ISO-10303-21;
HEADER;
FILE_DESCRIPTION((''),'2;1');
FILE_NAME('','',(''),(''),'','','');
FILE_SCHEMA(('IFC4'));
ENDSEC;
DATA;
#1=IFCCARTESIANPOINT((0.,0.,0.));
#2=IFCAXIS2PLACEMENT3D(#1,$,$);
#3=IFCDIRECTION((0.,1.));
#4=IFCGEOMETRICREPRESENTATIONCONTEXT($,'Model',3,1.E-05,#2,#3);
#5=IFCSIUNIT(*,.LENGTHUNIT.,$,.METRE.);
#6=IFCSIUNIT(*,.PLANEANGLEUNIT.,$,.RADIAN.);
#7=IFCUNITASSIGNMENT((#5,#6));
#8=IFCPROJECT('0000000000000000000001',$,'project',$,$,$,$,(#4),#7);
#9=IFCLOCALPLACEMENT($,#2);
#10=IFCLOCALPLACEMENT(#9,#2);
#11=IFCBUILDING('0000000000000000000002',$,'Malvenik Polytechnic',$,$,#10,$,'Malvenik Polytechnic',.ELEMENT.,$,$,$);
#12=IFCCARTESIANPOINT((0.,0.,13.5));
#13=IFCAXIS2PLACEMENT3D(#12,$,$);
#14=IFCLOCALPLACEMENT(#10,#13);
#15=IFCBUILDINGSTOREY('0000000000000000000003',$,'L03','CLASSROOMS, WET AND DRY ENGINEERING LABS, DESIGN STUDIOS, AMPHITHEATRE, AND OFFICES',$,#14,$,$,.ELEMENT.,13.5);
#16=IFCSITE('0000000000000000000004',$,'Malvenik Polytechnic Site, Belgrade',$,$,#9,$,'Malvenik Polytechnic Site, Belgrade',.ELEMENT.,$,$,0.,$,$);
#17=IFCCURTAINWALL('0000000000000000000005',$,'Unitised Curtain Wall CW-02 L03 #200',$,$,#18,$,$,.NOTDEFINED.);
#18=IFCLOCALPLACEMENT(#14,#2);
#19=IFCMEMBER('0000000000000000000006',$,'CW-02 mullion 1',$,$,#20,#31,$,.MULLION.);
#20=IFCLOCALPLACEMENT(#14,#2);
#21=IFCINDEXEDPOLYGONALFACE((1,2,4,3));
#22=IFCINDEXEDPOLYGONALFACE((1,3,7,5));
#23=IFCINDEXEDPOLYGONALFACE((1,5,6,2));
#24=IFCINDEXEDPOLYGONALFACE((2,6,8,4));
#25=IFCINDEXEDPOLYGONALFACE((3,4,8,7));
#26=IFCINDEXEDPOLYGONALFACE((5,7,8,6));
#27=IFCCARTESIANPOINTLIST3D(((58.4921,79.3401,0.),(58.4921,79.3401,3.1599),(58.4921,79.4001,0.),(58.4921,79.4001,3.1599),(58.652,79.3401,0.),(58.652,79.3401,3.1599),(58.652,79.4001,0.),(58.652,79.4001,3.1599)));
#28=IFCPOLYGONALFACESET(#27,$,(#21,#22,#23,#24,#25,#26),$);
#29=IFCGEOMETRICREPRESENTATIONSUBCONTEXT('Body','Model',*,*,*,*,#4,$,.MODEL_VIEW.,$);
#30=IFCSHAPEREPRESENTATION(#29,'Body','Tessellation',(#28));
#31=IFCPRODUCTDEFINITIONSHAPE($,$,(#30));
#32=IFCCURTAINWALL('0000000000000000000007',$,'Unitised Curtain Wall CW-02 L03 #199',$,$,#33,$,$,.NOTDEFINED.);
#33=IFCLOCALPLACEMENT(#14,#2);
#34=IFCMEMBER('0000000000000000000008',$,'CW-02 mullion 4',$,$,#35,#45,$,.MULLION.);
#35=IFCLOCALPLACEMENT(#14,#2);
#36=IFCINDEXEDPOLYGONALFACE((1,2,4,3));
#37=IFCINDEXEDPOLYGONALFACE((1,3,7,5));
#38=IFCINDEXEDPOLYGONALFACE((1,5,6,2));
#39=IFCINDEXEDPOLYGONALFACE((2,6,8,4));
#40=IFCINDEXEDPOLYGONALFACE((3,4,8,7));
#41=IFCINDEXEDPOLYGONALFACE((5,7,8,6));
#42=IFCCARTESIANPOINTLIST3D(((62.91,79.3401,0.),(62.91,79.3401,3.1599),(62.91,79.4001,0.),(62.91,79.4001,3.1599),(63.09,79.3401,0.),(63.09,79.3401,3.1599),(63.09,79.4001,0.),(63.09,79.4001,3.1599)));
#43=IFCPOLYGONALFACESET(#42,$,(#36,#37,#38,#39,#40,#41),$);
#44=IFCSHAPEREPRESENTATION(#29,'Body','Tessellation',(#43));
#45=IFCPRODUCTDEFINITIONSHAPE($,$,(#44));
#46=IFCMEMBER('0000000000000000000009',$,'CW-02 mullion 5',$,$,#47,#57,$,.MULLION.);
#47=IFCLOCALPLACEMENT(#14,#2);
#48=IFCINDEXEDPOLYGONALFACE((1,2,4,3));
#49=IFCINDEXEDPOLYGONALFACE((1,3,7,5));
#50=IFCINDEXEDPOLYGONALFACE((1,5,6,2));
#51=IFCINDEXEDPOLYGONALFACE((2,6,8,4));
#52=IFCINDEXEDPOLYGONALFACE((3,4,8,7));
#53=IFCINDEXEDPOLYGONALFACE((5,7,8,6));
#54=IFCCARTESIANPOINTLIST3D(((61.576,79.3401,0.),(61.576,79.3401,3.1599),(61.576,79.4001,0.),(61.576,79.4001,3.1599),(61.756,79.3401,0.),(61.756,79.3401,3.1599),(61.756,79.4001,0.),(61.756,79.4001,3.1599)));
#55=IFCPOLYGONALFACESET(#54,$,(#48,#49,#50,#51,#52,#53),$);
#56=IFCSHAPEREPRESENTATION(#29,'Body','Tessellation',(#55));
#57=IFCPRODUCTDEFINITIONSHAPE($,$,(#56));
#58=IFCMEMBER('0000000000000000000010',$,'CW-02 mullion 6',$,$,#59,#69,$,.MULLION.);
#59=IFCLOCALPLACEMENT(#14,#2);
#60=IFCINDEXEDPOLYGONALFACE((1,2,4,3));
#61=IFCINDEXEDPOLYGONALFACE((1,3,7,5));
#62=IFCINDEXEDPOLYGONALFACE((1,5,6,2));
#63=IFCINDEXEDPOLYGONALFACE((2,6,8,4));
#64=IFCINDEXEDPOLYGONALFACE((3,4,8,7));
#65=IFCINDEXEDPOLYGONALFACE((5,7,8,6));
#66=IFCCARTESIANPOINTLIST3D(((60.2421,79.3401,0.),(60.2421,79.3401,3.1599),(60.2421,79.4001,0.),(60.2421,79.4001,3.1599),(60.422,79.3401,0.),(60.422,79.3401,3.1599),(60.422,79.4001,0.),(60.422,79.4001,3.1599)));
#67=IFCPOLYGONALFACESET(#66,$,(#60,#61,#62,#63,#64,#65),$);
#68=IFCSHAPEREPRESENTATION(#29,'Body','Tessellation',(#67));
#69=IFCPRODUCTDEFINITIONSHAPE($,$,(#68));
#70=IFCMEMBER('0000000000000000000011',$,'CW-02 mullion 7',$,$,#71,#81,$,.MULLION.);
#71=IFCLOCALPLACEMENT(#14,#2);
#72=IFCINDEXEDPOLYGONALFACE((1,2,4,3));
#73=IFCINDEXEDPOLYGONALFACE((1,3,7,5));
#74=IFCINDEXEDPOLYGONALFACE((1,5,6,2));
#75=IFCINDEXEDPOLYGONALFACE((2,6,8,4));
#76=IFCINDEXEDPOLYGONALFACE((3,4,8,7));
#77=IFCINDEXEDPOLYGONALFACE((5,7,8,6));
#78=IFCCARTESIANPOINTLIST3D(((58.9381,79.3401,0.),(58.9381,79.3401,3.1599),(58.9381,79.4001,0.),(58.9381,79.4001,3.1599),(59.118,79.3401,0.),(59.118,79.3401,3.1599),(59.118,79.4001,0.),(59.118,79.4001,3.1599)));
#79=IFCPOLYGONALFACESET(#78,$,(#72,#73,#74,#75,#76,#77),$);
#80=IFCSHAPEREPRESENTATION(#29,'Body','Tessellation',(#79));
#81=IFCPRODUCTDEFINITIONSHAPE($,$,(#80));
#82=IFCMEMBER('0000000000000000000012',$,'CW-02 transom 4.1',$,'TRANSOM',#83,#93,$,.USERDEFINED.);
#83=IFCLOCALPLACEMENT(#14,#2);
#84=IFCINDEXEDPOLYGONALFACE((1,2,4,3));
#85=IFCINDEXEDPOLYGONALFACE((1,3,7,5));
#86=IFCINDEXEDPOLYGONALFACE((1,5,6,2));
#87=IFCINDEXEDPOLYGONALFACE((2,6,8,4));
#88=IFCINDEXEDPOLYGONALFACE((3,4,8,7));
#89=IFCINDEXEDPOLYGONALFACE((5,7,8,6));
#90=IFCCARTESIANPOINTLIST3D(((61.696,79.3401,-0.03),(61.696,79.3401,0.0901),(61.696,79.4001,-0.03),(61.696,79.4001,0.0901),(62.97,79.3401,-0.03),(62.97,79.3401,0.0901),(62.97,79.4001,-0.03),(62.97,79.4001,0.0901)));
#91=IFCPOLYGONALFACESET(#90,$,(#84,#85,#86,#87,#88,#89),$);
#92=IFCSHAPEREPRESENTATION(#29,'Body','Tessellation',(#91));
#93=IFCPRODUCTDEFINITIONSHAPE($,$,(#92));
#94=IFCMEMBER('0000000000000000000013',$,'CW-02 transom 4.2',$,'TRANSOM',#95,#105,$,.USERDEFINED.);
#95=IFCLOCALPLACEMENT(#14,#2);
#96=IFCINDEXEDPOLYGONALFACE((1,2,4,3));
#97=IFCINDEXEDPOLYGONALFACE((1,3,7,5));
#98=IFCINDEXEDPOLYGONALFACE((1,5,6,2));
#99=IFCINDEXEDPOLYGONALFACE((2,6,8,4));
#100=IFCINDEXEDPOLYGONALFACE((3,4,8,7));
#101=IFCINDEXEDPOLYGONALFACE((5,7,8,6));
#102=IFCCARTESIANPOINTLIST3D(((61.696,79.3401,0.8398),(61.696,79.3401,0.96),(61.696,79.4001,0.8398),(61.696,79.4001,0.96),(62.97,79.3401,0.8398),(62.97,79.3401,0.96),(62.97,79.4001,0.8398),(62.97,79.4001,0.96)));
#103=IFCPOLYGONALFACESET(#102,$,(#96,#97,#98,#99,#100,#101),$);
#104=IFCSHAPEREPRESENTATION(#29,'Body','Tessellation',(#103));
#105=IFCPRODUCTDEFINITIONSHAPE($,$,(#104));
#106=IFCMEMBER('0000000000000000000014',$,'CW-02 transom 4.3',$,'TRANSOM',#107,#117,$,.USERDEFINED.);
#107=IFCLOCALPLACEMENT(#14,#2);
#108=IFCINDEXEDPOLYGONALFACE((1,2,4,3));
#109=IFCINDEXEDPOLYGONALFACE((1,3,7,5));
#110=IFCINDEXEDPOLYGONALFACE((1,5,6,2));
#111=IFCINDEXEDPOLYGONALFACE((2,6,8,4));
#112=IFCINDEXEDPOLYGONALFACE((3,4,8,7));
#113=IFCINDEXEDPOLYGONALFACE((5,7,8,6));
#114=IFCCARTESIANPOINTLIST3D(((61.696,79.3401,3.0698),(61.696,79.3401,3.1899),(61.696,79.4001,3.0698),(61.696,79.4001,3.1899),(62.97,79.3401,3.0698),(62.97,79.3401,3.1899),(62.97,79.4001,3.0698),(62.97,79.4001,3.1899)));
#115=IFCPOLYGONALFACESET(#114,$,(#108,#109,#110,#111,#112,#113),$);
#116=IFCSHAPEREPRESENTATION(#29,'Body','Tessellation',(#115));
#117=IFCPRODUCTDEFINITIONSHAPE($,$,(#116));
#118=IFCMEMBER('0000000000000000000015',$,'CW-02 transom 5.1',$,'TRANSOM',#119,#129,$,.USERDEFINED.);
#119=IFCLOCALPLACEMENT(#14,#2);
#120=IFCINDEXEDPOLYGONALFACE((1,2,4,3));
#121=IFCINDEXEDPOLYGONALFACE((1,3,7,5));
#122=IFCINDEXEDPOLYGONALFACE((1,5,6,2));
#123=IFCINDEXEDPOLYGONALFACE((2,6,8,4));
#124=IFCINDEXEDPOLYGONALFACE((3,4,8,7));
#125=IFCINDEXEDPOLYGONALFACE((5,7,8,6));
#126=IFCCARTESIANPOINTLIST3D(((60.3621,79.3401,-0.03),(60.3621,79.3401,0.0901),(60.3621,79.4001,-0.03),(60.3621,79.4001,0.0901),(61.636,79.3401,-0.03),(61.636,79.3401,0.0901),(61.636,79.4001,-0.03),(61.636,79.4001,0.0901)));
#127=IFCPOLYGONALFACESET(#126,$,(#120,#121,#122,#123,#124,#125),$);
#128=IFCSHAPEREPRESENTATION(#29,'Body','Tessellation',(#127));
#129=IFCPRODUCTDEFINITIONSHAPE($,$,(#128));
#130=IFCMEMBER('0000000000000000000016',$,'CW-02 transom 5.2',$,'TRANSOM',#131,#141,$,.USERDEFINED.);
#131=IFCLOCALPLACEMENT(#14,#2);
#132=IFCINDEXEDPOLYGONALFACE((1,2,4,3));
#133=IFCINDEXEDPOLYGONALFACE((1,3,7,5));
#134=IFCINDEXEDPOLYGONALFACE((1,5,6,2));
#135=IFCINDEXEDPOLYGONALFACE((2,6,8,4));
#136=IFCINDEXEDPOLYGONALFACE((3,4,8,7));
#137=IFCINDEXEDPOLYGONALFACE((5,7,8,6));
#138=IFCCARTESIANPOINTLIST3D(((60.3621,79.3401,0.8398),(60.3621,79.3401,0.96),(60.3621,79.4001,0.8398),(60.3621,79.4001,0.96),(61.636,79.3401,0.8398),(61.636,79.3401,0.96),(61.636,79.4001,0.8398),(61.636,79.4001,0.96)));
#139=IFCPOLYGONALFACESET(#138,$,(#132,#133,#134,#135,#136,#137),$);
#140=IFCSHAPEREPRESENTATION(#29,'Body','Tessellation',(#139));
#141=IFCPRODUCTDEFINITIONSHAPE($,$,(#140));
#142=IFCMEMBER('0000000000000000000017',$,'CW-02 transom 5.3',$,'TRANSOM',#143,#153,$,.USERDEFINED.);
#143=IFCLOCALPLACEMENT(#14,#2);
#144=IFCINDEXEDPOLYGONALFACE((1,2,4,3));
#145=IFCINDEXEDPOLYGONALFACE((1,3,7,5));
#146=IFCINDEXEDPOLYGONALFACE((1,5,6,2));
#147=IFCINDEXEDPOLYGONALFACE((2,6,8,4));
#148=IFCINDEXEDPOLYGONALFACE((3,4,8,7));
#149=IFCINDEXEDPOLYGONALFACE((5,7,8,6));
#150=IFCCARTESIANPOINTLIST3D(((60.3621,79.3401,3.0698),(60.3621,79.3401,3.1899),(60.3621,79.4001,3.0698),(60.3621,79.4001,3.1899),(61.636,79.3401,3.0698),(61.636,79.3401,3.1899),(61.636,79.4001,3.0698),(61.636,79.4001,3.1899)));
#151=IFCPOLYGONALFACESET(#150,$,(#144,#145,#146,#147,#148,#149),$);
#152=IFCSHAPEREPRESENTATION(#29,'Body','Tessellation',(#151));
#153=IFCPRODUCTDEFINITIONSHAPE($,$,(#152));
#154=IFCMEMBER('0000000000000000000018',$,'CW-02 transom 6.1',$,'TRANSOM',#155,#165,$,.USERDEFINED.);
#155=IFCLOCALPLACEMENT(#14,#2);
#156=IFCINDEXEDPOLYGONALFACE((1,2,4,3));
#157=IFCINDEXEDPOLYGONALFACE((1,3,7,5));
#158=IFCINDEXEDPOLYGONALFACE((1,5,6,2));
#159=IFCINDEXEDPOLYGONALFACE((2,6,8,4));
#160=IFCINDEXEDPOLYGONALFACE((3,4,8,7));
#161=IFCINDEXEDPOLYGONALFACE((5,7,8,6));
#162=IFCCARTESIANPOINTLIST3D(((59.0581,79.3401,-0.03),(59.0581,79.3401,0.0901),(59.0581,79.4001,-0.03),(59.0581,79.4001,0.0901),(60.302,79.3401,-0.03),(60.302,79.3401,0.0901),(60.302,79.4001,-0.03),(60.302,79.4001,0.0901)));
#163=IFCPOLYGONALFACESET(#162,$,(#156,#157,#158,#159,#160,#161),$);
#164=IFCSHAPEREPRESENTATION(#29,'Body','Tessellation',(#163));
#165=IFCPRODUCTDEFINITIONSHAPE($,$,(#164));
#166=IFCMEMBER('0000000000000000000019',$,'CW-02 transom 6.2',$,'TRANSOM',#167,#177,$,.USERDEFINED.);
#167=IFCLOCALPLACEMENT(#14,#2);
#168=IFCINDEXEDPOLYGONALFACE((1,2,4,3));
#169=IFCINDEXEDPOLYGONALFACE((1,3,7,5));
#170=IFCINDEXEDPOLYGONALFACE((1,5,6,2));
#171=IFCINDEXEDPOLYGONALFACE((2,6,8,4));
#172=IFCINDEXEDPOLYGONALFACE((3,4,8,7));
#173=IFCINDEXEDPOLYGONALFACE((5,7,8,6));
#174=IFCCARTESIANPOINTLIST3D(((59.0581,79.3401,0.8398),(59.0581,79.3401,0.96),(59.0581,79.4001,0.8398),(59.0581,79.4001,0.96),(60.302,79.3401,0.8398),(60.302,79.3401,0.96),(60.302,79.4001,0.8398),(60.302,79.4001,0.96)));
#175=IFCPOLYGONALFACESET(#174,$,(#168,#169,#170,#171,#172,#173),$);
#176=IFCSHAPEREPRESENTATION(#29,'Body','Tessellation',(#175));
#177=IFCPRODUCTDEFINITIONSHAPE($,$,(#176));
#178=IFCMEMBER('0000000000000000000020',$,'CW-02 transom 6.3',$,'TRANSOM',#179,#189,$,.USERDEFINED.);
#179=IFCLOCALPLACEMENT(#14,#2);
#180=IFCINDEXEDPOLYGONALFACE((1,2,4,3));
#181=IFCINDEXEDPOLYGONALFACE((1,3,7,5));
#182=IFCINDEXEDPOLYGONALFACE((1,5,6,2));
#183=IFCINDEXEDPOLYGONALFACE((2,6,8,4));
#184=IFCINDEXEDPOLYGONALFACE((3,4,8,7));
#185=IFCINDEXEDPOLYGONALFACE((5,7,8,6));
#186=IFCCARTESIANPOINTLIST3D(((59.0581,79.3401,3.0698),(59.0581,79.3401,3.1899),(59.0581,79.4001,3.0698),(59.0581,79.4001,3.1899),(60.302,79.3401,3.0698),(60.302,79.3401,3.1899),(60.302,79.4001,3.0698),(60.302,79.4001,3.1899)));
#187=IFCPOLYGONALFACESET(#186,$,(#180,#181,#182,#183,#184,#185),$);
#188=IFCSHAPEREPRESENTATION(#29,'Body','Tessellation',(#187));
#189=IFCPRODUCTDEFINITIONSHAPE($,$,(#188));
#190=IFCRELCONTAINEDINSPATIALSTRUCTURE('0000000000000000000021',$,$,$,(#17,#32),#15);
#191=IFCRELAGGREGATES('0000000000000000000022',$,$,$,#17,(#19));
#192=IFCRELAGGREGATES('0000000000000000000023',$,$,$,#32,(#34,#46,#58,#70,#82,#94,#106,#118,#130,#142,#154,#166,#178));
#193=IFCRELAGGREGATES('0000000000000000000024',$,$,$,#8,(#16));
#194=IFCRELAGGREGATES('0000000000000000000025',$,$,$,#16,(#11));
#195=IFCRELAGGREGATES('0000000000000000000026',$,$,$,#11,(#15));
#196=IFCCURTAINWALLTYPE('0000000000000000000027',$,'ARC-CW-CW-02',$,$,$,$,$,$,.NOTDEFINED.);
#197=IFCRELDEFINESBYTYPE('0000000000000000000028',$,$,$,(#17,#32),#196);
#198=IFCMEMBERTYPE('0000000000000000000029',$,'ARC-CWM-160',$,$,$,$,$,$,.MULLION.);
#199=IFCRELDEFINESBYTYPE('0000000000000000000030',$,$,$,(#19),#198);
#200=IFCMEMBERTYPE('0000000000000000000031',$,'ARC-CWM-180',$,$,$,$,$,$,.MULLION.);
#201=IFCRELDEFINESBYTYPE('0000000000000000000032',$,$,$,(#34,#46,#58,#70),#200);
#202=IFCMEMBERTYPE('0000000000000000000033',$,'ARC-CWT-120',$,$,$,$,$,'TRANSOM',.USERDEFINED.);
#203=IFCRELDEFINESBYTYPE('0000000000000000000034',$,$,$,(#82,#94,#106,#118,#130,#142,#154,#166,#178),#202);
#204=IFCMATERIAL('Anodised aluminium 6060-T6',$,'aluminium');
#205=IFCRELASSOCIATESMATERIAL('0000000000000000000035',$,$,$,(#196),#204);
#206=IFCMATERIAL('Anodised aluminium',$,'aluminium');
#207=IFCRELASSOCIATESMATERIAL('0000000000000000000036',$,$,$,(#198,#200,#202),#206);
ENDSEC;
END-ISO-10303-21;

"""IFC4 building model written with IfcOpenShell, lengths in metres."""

from ifc_helpers import new_model, si_unit, direction, frame, origin, origin_2d, place, context, subcontext, project, spatial, rectangle, extrude, material, material_profile, profile_set, type_object, element, aggregate, save


model = new_model("IFC4")

# Units and contexts
model_context = context("Model", 3, precision=1e-05, world=origin(), true_north=direction((0.0, 1.0)))
body_context = subcontext(model_context, "Body", "Model", "MODEL_VIEW")
ifc_project = project(units=[si_unit("LENGTHUNIT", "METRE"), si_unit("PLANEANGLEUNIT", "RADIAN")], contexts=[model_context])

# Site, building, storey
site_placement = place(None, origin())
site = spatial("IfcSite", under=ifc_project, at=site_placement, Name="Malvenik Polytechnic Site, Belgrade", LongName="Malvenik Polytechnic Site, Belgrade", CompositionType="ELEMENT", RefElevation=0.0)
building_placement = place(site_placement, origin())
building = spatial("IfcBuilding", under=site, at=building_placement, Name="Malvenik Polytechnic", LongName="Malvenik Polytechnic", CompositionType="ELEMENT")
storey_placement = place(building_placement, frame((0.0, 0.0, 13.5)))
storey = spatial("IfcBuildingStorey", under=building, at=storey_placement, Name="L03", Description="CLASSROOMS, WET AND DRY ENGINEERING LABS, DESIGN STUDIOS, AMPHITHEATRE, AND OFFICES", CompositionType="ELEMENT", Elevation=13.5)

# Curtain wall, member
ifc_material_1 = material(Name="Anodised aluminium 6060-T6", Category="aluminium")
curtain_wall_type = type_object("IfcCurtainWallType", Name="ARC-CW-CW-02", PredefinedType="NOTDEFINED", material=ifc_material_1)
curtain_wall_1_placement = place(storey_placement, origin())
curtain_wall_1 = element("IfcCurtainWall", 1, at=curtain_wall_1_placement, inside=storey, type_object=curtain_wall_type, Name="Unitised Curtain Wall CW-02 L03 #200", PredefinedType="NOTDEFINED")
ifc_material_2 = material(Name="Anodised aluminium", Category="aluminium")
ifc_material_profile_1 = material_profile(ifc_material_2, rectangle(XDim=0.0601, YDim=0.1599, at=origin_2d()), Name="ALU MULLION 60x160")
ifc_profile_set_1 = profile_set([ifc_material_profile_1], Name="Anodised aluminium")
member_type_1 = type_object("IfcMemberType", Name="ARC-CWM-160", PredefinedType="MULLION", material=ifc_profile_set_1)
member_1_placement = place(storey_placement, frame((58.572, 79.3701, 0.0), z_axis=(0.0, 0.0, 1.0), x_axis=(0.0, -1.0, 0.0)))
member_1 = element("IfcMember", 2, at=member_1_placement, type_object=member_type_1, Name="CW-02 mullion 1", PredefinedType="MULLION", context=body_context, shape_type="SweptSolid", body=[
    extrude(rectangle(XDim=0.0601, YDim=0.1599, at=origin_2d()), origin(), (0.0, 0.0, 1.0), 3.1599),
])

# Curtain wall, members
curtain_wall_2_placement = place(storey_placement, origin())
curtain_wall_2 = element("IfcCurtainWall", 3, at=curtain_wall_2_placement, inside=storey, type_object=curtain_wall_type, Name="Unitised Curtain Wall CW-02 L03 #199", PredefinedType="NOTDEFINED")
ifc_material_profile_2 = material_profile(ifc_material_2, rectangle(XDim=0.0601, YDim=0.1799, at=origin_2d()), Name="ALU MULLION 60x180")
ifc_profile_set_2 = profile_set([ifc_material_profile_2], Name="Anodised aluminium")
member_type_2 = type_object("IfcMemberType", Name="ARC-CWM-180", PredefinedType="MULLION", material=ifc_profile_set_2)
member_2_placement = place(storey_placement, frame((63.0, 79.3701, 0.0), z_axis=(0.0, 0.0, 1.0), x_axis=(0.0, -1.0, 0.0)))
member_2 = element("IfcMember", 4, at=member_2_placement, type_object=member_type_2, Name="CW-02 mullion 4", PredefinedType="MULLION", context=body_context, shape_type="SweptSolid", body=[
    extrude(rectangle(XDim=0.0601, YDim=0.1799, at=origin_2d()), origin(), (0.0, 0.0, 1.0), 3.1599),
])
member_3_placement = place(storey_placement, frame((61.666, 79.3701, 0.0), z_axis=(0.0, 0.0, 1.0), x_axis=(0.0, -1.0, 0.0)))
member_3 = element("IfcMember", 5, at=member_3_placement, type_object=member_type_2, Name="CW-02 mullion 5", PredefinedType="MULLION", context=body_context, shape_type="SweptSolid", body=[
    extrude(rectangle(XDim=0.0601, YDim=0.1799, at=origin_2d()), origin(), (0.0, 0.0, 1.0), 3.1599),
])
member_4_placement = place(storey_placement, frame((60.332, 79.3701, 0.0), z_axis=(0.0, 0.0, 1.0), x_axis=(0.0, -1.0, 0.0)))
member_4 = element("IfcMember", 6, at=member_4_placement, type_object=member_type_2, Name="CW-02 mullion 6", PredefinedType="MULLION", context=body_context, shape_type="SweptSolid", body=[
    extrude(rectangle(XDim=0.0601, YDim=0.1799, at=origin_2d()), origin(), (0.0, 0.0, 1.0), 3.1599),
])
member_5_placement = place(storey_placement, frame((59.0281, 79.3701, 0.0), z_axis=(0.0, 0.0, 1.0), x_axis=(0.0, -1.0, 0.0)))
member_5 = element("IfcMember", 7, at=member_5_placement, type_object=member_type_2, Name="CW-02 mullion 7", PredefinedType="MULLION", context=body_context, shape_type="SweptSolid", body=[
    extrude(rectangle(XDim=0.0601, YDim=0.1799, at=origin_2d()), origin(), (0.0, 0.0, 1.0), 3.1599),
])
ifc_material_profile_3 = material_profile(ifc_material_2, rectangle(XDim=0.0601, YDim=0.1201, at=origin_2d()), Name="ALU TRANSOM 60x120")
ifc_profile_set_3 = profile_set([ifc_material_profile_3], Name="Anodised aluminium")
member_type_3 = type_object("IfcMemberType", Name="ARC-CWT-120", ElementType="TRANSOM", PredefinedType="USERDEFINED", material=ifc_profile_set_3)
member_6_placement = place(storey_placement, frame((62.97, 79.3701, 0.03), z_axis=(-1.0, 0.0, 0.0), x_axis=(0.0, -1.0, 0.0)))
member_6 = element("IfcMember", 8, at=member_6_placement, type_object=member_type_3, Name="CW-02 transom 4.1", ObjectType="TRANSOM", PredefinedType="USERDEFINED", context=body_context, shape_type="SweptSolid", body=[
    extrude(rectangle(XDim=0.0601, YDim=0.1201, at=origin_2d()), origin(), (0.0, 0.0, 1.0), 1.2739),
])
member_7_placement = place(storey_placement, frame((62.97, 79.3701, 0.8999), z_axis=(-1.0, 0.0, 0.0), x_axis=(0.0, -1.0, 0.0)))
member_7 = element("IfcMember", 9, at=member_7_placement, type_object=member_type_3, Name="CW-02 transom 4.2", ObjectType="TRANSOM", PredefinedType="USERDEFINED", context=body_context, shape_type="SweptSolid", body=[
    extrude(rectangle(XDim=0.0601, YDim=0.1201, at=origin_2d()), origin(), (0.0, 0.0, 1.0), 1.2739),
])
member_8_placement = place(storey_placement, frame((62.97, 79.3701, 3.1299), z_axis=(-1.0, 0.0, 0.0), x_axis=(0.0, -1.0, 0.0)))
member_8 = element("IfcMember", 10, at=member_8_placement, type_object=member_type_3, Name="CW-02 transom 4.3", ObjectType="TRANSOM", PredefinedType="USERDEFINED", context=body_context, shape_type="SweptSolid", body=[
    extrude(rectangle(XDim=0.0601, YDim=0.1201, at=origin_2d()), origin(), (0.0, 0.0, 1.0), 1.2739),
])
member_9_placement = place(storey_placement, frame((61.636, 79.3701, 0.03), z_axis=(-1.0, 0.0, 0.0), x_axis=(0.0, -1.0, 0.0)))
member_9 = element("IfcMember", 11, at=member_9_placement, type_object=member_type_3, Name="CW-02 transom 5.1", ObjectType="TRANSOM", PredefinedType="USERDEFINED", context=body_context, shape_type="SweptSolid", body=[
    extrude(rectangle(XDim=0.0601, YDim=0.1201, at=origin_2d()), origin(), (0.0, 0.0, 1.0), 1.2739),
])
member_10_placement = place(storey_placement, frame((61.636, 79.3701, 0.8999), z_axis=(-1.0, 0.0, 0.0), x_axis=(0.0, -1.0, 0.0)))
member_10 = element("IfcMember", 12, at=member_10_placement, type_object=member_type_3, Name="CW-02 transom 5.2", ObjectType="TRANSOM", PredefinedType="USERDEFINED", context=body_context, shape_type="SweptSolid", body=[
    extrude(rectangle(XDim=0.0601, YDim=0.1201, at=origin_2d()), origin(), (0.0, 0.0, 1.0), 1.2739),
])
member_11_placement = place(storey_placement, frame((61.636, 79.3701, 3.1299), z_axis=(-1.0, 0.0, 0.0), x_axis=(0.0, -1.0, 0.0)))
member_11 = element("IfcMember", 13, at=member_11_placement, type_object=member_type_3, Name="CW-02 transom 5.3", ObjectType="TRANSOM", PredefinedType="USERDEFINED", context=body_context, shape_type="SweptSolid", body=[
    extrude(rectangle(XDim=0.0601, YDim=0.1201, at=origin_2d()), origin(), (0.0, 0.0, 1.0), 1.2739),
])
member_12_placement = place(storey_placement, frame((60.302, 79.3701, 0.03), z_axis=(-1.0, 0.0, 0.0), x_axis=(0.0, -1.0, 0.0)))
member_12 = element("IfcMember", 14, at=member_12_placement, type_object=member_type_3, Name="CW-02 transom 6.1", ObjectType="TRANSOM", PredefinedType="USERDEFINED", context=body_context, shape_type="SweptSolid", body=[
    extrude(rectangle(XDim=0.0601, YDim=0.1201, at=origin_2d()), origin(), (0.0, 0.0, 1.0), 1.2439),
])
member_13_placement = place(storey_placement, frame((60.302, 79.3701, 0.8999), z_axis=(-1.0, 0.0, 0.0), x_axis=(0.0, -1.0, 0.0)))
member_13 = element("IfcMember", 15, at=member_13_placement, type_object=member_type_3, Name="CW-02 transom 6.2", ObjectType="TRANSOM", PredefinedType="USERDEFINED", context=body_context, shape_type="SweptSolid", body=[
    extrude(rectangle(XDim=0.0601, YDim=0.1201, at=origin_2d()), origin(), (0.0, 0.0, 1.0), 1.2439),
])
member_14_placement = place(storey_placement, frame((60.302, 79.3701, 3.1299), z_axis=(-1.0, 0.0, 0.0), x_axis=(0.0, -1.0, 0.0)))
member_14 = element("IfcMember", 16, at=member_14_placement, type_object=member_type_3, Name="CW-02 transom 6.3", ObjectType="TRANSOM", PredefinedType="USERDEFINED", context=body_context, shape_type="SweptSolid", body=[
    extrude(rectangle(XDim=0.0601, YDim=0.1201, at=origin_2d()), origin(), (0.0, 0.0, 1.0), 1.2439),
])

aggregate(curtain_wall_1, [member_1])

aggregate(curtain_wall_2, [member_2, member_3, member_4, member_5, member_6, member_7, member_8, member_9, member_10, member_11, member_12, member_13, member_14])

save(model, "model.ifc")
